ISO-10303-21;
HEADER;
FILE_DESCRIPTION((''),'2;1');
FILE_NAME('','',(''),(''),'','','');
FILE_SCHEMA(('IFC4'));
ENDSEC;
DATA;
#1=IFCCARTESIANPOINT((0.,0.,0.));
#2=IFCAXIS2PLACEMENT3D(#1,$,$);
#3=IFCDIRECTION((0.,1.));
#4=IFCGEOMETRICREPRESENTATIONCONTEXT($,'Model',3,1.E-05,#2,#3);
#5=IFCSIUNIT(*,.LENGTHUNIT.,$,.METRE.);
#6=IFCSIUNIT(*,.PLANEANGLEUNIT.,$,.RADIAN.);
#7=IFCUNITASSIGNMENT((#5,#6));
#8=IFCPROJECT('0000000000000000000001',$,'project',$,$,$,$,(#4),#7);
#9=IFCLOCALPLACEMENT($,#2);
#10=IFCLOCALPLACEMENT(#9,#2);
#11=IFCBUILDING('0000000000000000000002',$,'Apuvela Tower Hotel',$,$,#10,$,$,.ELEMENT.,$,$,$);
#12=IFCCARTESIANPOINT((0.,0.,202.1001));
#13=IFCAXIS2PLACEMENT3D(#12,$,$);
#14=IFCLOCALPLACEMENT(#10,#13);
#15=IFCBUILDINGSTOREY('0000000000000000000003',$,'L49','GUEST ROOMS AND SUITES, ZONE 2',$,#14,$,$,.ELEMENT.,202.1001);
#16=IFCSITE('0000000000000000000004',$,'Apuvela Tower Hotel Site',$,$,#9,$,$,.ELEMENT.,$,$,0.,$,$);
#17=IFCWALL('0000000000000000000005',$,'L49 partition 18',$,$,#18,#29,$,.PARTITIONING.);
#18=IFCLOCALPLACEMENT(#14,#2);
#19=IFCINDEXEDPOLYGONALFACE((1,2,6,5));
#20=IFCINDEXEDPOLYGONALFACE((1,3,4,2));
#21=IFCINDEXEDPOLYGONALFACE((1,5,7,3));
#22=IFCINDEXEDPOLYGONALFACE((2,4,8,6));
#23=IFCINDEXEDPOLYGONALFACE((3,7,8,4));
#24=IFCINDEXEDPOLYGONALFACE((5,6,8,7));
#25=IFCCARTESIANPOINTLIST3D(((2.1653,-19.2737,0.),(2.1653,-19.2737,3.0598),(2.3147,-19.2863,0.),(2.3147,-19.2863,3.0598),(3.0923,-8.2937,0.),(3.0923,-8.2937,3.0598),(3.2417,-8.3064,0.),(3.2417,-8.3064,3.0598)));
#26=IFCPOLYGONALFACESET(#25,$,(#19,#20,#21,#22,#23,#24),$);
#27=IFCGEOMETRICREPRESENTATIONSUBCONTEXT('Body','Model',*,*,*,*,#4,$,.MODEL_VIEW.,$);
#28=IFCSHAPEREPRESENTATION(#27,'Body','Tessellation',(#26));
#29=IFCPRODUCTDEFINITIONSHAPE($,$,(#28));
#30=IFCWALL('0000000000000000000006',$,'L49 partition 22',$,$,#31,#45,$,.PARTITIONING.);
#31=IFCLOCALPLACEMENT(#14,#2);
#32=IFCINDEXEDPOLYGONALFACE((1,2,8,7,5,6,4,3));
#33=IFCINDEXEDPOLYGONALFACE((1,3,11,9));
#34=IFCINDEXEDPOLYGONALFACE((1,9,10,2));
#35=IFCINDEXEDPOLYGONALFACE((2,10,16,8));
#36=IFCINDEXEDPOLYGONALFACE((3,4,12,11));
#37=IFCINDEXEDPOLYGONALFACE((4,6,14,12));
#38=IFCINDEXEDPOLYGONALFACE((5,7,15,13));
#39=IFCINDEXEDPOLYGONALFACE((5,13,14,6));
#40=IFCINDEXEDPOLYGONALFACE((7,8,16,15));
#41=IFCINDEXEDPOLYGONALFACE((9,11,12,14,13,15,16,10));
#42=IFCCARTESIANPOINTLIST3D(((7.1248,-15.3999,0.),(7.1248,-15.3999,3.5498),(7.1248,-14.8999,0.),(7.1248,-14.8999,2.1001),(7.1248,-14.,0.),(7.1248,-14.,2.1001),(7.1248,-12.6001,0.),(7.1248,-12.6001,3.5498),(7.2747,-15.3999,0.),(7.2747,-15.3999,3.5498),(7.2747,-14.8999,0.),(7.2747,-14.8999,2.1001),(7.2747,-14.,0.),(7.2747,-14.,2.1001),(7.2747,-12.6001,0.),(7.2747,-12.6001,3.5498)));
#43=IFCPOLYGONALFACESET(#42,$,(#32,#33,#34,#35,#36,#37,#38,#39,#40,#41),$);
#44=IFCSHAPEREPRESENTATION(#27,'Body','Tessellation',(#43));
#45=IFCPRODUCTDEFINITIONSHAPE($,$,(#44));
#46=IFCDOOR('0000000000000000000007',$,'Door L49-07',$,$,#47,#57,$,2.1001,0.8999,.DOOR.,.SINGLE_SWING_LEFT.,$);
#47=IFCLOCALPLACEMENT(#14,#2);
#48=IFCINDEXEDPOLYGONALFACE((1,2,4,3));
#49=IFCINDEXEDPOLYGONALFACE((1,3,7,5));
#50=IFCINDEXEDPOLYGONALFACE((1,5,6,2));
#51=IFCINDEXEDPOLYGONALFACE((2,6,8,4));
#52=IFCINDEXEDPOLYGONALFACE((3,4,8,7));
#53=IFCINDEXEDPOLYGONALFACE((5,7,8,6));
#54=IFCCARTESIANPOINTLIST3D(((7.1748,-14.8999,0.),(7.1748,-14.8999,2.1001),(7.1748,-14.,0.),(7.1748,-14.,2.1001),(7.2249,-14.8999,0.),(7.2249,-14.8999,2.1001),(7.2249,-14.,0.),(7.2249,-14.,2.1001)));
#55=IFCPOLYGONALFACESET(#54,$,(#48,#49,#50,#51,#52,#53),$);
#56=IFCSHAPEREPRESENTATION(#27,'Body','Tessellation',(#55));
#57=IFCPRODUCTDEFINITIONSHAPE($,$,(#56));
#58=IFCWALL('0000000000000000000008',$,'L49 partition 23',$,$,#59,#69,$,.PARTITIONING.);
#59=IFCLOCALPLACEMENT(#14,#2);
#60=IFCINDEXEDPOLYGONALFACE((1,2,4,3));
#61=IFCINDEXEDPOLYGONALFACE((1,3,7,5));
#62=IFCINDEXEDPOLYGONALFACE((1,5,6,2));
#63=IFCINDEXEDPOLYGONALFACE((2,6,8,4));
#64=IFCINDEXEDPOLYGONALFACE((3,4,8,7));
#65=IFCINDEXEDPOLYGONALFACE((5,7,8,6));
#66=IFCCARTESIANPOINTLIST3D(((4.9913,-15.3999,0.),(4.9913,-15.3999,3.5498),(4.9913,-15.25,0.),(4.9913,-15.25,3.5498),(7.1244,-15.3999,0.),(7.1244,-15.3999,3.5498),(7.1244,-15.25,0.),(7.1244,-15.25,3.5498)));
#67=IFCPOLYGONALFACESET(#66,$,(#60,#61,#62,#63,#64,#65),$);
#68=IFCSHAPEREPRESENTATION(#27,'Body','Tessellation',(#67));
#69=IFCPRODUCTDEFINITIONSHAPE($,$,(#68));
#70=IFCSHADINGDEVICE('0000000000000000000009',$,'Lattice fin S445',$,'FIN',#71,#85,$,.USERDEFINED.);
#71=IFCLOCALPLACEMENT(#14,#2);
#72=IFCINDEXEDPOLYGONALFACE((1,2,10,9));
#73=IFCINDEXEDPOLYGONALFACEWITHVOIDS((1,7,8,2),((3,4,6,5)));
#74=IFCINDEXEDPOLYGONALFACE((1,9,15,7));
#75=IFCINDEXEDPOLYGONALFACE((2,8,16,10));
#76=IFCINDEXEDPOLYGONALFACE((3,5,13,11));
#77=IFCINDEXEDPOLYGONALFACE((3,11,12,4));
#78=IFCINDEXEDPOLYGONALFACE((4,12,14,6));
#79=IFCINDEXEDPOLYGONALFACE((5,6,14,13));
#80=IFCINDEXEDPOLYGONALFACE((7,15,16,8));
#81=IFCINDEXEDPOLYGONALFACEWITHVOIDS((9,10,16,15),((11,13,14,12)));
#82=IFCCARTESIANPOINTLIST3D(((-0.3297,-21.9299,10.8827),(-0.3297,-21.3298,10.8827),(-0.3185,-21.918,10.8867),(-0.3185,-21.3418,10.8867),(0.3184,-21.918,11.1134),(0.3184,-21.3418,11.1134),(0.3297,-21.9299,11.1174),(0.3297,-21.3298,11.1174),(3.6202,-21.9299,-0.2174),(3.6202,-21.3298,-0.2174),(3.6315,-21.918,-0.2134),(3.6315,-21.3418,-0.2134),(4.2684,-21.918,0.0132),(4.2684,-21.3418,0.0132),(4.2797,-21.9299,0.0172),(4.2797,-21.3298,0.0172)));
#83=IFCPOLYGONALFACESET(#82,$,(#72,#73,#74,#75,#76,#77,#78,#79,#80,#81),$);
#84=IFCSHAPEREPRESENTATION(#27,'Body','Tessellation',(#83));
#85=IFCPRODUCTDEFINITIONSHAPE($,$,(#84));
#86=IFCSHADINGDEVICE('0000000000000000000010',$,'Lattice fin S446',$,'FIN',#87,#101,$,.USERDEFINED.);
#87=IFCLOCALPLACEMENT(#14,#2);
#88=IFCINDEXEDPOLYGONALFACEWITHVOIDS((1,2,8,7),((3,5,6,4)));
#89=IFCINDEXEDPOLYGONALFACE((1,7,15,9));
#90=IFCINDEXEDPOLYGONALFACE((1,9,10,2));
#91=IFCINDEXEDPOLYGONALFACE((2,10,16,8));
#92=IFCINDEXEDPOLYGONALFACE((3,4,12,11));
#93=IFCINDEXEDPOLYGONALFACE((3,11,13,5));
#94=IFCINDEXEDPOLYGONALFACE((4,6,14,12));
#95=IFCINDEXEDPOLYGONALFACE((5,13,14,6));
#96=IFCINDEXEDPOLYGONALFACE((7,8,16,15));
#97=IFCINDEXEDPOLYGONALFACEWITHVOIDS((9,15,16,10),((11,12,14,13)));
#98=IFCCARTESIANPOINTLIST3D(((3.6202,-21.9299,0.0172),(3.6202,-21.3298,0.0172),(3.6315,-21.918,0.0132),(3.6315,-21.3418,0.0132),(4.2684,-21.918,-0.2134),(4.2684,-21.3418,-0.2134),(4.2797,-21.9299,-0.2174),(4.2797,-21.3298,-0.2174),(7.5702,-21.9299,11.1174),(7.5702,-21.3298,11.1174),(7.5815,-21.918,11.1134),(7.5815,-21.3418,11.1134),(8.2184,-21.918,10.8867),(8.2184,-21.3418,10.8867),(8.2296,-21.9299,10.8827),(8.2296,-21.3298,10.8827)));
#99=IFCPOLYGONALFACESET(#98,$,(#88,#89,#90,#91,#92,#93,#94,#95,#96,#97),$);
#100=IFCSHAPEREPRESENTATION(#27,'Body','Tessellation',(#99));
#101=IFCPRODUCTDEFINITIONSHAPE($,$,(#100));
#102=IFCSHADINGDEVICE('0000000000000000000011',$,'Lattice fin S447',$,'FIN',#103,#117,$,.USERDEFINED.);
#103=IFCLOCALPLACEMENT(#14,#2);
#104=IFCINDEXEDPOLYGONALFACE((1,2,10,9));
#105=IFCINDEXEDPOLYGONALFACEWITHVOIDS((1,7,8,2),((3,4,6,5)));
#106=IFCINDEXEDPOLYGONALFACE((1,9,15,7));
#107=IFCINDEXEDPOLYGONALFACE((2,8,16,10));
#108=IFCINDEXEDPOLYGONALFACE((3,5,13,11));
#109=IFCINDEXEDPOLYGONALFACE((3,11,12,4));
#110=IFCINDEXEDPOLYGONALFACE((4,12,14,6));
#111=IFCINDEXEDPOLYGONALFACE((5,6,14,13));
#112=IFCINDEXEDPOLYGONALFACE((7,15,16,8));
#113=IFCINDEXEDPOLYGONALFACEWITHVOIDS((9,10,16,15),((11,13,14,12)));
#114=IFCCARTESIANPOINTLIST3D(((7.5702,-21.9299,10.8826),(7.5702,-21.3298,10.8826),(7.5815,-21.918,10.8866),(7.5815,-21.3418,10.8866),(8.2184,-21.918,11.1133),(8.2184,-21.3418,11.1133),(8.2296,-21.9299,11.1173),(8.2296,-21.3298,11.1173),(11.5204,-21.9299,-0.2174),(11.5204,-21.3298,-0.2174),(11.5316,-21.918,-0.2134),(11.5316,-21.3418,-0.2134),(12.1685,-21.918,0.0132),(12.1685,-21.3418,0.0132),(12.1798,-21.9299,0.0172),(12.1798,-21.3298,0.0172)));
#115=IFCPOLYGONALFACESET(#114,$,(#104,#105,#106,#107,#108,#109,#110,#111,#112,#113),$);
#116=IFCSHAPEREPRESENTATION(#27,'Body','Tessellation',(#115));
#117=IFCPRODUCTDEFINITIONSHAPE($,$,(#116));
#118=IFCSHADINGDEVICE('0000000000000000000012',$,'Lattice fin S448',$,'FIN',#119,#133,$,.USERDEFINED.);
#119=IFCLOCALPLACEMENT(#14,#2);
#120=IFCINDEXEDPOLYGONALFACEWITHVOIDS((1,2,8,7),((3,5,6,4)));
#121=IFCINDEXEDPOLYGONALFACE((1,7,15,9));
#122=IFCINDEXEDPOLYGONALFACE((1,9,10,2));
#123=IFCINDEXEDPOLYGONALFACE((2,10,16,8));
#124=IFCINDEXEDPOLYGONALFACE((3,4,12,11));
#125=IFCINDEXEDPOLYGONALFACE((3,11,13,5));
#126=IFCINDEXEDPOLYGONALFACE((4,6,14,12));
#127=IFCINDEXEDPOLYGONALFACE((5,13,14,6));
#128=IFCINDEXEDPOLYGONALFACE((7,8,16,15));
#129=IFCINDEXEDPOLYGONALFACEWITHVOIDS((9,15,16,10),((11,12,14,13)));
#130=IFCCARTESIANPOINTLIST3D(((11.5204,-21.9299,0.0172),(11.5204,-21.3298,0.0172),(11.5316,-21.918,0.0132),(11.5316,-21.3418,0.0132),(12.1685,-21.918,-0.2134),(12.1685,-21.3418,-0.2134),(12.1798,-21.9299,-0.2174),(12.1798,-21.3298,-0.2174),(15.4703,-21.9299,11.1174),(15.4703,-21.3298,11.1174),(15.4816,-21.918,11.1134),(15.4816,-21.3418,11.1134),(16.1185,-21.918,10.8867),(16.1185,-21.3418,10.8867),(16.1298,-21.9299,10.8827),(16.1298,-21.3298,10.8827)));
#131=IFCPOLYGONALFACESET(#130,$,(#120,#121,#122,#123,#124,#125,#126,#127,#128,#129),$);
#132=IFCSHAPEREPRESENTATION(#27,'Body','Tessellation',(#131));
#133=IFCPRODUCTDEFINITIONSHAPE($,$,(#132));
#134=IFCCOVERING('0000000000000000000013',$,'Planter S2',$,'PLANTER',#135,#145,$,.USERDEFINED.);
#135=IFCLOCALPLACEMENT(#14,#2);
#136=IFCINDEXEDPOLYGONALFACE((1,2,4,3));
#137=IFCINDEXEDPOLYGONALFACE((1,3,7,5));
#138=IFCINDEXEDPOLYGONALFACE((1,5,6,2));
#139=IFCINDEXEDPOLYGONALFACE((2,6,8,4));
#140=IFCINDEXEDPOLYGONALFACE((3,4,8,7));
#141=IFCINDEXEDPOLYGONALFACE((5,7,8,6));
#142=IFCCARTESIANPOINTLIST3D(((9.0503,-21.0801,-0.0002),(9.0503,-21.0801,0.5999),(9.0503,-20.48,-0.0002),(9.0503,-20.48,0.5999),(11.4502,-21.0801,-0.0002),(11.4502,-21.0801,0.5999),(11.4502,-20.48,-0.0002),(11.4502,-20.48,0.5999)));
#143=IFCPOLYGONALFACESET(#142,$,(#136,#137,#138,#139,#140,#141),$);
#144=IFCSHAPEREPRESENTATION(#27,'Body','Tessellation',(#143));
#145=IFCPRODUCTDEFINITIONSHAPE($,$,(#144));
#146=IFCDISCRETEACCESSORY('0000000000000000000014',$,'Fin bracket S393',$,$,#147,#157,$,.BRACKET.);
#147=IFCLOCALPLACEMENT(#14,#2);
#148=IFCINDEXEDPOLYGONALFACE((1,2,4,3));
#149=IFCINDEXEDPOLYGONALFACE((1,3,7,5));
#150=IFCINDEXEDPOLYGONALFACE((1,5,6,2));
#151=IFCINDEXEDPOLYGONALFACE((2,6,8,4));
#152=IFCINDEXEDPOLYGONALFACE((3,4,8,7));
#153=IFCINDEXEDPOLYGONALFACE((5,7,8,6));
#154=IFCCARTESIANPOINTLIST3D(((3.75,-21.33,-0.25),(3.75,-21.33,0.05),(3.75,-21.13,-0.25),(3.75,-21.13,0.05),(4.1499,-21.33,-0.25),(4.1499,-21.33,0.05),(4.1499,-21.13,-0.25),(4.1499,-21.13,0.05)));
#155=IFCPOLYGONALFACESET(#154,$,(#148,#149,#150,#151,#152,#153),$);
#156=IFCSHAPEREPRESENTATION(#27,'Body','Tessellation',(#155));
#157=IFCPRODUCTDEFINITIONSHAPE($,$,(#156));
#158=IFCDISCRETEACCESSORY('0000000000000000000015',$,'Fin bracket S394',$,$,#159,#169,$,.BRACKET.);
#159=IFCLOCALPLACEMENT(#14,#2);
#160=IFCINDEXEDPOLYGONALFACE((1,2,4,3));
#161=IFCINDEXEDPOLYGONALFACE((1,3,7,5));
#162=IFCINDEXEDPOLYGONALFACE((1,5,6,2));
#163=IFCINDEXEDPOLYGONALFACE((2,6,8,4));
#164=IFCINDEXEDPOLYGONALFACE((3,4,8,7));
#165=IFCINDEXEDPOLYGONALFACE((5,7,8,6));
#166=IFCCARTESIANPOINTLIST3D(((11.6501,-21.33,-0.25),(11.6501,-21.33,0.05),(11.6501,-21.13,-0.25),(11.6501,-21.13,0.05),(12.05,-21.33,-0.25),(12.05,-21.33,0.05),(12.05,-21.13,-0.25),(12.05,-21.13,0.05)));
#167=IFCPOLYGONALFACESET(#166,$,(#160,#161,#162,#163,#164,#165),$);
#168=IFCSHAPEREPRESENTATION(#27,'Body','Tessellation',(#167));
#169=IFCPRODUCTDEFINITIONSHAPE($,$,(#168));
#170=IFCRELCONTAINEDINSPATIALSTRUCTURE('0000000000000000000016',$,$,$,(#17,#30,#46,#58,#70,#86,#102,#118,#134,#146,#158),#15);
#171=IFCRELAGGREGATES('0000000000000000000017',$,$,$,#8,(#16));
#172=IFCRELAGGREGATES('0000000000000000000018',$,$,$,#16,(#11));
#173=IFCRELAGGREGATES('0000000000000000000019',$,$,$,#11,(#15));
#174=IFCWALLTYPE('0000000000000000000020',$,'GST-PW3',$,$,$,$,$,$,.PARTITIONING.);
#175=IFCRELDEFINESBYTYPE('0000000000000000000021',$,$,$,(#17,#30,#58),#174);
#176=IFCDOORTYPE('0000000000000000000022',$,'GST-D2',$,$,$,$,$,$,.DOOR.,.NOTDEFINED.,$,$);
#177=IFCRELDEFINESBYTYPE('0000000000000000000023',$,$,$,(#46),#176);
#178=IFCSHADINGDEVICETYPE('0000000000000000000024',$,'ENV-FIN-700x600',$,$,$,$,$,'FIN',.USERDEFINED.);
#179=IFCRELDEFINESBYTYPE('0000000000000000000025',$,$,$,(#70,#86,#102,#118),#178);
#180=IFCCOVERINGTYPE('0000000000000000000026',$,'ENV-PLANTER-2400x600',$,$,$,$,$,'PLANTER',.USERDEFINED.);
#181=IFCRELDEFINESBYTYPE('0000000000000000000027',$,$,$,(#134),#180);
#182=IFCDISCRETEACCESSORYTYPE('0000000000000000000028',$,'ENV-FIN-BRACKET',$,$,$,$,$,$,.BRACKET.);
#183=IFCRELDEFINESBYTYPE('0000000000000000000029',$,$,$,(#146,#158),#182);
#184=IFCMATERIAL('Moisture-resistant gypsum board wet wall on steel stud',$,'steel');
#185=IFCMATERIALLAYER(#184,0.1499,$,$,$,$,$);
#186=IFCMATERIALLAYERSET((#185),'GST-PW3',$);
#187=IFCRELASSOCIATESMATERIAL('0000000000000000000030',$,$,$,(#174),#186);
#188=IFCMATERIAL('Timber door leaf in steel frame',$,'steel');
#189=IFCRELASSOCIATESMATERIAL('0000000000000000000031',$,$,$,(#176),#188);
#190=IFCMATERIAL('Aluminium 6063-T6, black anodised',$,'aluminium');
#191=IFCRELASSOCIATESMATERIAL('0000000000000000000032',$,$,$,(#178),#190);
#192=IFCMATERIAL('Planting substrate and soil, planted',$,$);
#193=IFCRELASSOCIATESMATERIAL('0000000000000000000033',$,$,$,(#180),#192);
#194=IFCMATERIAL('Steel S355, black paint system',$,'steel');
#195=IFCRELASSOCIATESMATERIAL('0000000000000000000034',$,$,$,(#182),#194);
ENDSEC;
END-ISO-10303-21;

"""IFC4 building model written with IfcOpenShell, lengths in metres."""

from ifc_helpers import new_model, si_unit, direction, frame, frame_2d, origin, origin_2d, place, context, subcontext, project, spatial, rectangle, hollow_rectangle, extrude, material, layer, layer_set, material_profile, profile_set, type_object, element, fill, save


model = new_model("IFC4")

# Units and contexts
model_context = context("Model", 3, precision=1e-05, world=origin(), true_north=direction((0.0, 1.0)))
body_context = subcontext(model_context, "Body", "Model", "MODEL_VIEW")
ifc_project = project(units=[si_unit("LENGTHUNIT", "METRE"), si_unit("PLANEANGLEUNIT", "RADIAN")], contexts=[model_context])

# Site, building, storey
site_placement = place(None, origin())
site = spatial("IfcSite", under=ifc_project, at=site_placement, Name="Apuvela Tower Hotel Site", CompositionType="ELEMENT", RefElevation=0.0)
building_placement = place(site_placement, origin())
building = spatial("IfcBuilding", under=site, at=building_placement, Name="Apuvela Tower Hotel", CompositionType="ELEMENT")
storey_placement = place(building_placement, frame((0.0, 0.0, 202.1001)))
storey = spatial("IfcBuildingStorey", under=building, at=storey_placement, Name="L49", Description="GUEST ROOMS AND SUITES, ZONE 2", CompositionType="ELEMENT", Elevation=202.1001)

# Wall
ifc_material_1 = material(Name="Moisture-resistant gypsum board wet wall on steel stud", Category="steel")
ifc_layer_1 = layer(ifc_material_1, 0.1499)
ifc_layer_set_1 = layer_set([ifc_layer_1], Name="GST-PW3")
wall_type_1 = type_object("IfcWallType", Name="GST-PW3", PredefinedType="PARTITIONING", material=ifc_layer_set_1)
wall_1_placement = place(storey_placement, frame((2.24, -19.28, 0.0), z_axis=(0.0, 0.0, 1.0), x_axis=(0.084127, 0.996455, 0.0)))
element("IfcWall", 1, at=wall_1_placement, inside=storey, type_object=wall_type_1, Name="L49 partition 18", PredefinedType="PARTITIONING", context=body_context, shape_type="SweptSolid", body=[
    extrude(rectangle(XDim=11.019, YDim=0.1499, at=frame_2d((5.5095, 0.0))), origin(), (0.0, 0.0, 1.0), 3.0598),
])

# Wall, opening, door
wall_2_placement = place(storey_placement, frame((7.1997, -15.3999, 0.0), z_axis=(0.0, 0.0, 1.0), x_axis=(0.0, 1.0, 0.0)))
wall_2 = element("IfcWall", 2, at=wall_2_placement, inside=storey, type_object=wall_type_1, Name="L49 partition 22", PredefinedType="PARTITIONING", context=body_context, shape_type="SweptSolid", body=[
    extrude(rectangle(XDim=2.7998, YDim=0.1499, at=frame_2d((1.3999, 0.0))), origin(), (0.0, 0.0, 1.0), 3.5498),
])
opening_1_placement = place(wall_2_placement, frame((0.5, 0.0, 0.0)))
opening_1 = element("IfcOpeningElement", 3, at=opening_1_placement, cuts=wall_2, PredefinedType="OPENING", context=body_context, shape_type="SweptSolid", body=[
    extrude(rectangle(XDim=0.8999, YDim=2.1001, at=frame_2d((0.45, 1.05))), frame((0.0, 0.085, 0.0), z_axis=(0.0, -1.0, 0.0), x_axis=(1.0, 0.0, 0.0)), (0.0, 0.0, 1.0), 0.1699),
])
ifc_material_2 = material(Name="Timber door leaf in steel frame", Category="steel")
door_type_1 = type_object("IfcDoorType", Name="GST-D2", OperationType="NOTDEFINED", PredefinedType="DOOR", material=ifc_material_2)
door_1_placement = place(opening_1_placement, origin())
door_1 = element("IfcDoor", 4, at=door_1_placement, inside=storey, type_object=door_type_1, Name="Door L49-07", OperationType="SINGLE_SWING_LEFT", OverallHeight=2.1001, OverallWidth=0.8999, PredefinedType="DOOR", context=body_context, shape_type="SweptSolid", body=[
    extrude(rectangle(XDim=0.8999, YDim=2.1001, at=frame_2d((0.45, 1.05))), frame((0.0, 0.0249, 0.0), z_axis=(0.0, -1.0, 0.0), x_axis=(1.0, 0.0, 0.0)), (0.0, 0.0, 1.0), 0.05),
])
fill(opening_1, door_1)

# Wall
wall_3_placement = place(storey_placement, frame((4.9915, -15.325, 0.0), z_axis=(0.0, 0.0, 1.0), x_axis=(1.0, 0.0, 0.0)))
element("IfcWall", 5, at=wall_3_placement, inside=storey, type_object=wall_type_1, Name="L49 partition 23", PredefinedType="PARTITIONING", context=body_context, shape_type="SweptSolid", body=[
    extrude(rectangle(XDim=2.1331, YDim=0.1499, at=frame_2d((1.0664, 0.0))), origin(), (0.0, 0.0, 1.0), 3.5498),
])

# Shading devices
ifc_material_3 = material(Name="Aluminium 6063-T6, black anodised", Category="aluminium")
ifc_material_profile_1 = material_profile(ifc_material_3, hollow_rectangle(XDim=0.6001, YDim=0.7, WallThickness=0.012, at=origin_2d()), Name="AL BOX 700x600x12")
ifc_profile_set_1 = profile_set([ifc_material_profile_1], Name="Aluminium 6063-T6, black anodised")
shading_device_type = type_object("IfcShadingDeviceType", Name="ENV-FIN-700x600", ElementType="FIN", PredefinedType="USERDEFINED", material=ifc_profile_set_1)
for number, where, z_axis, x_axis, name in (
    (6, (3.95, -21.6299, -0.1001), (-0.335255, 0.0, 0.942128), (0.0, -1.0, 0.0), "Lattice fin S445"),
    (7, (3.95, -21.6299, -0.1001), (0.335255, 0.0, 0.942128), (0.0, 1.0, 0.0), "Lattice fin S446"),
    (8, (11.8501, -21.6299, -0.1001), (-0.335273, 0.0, 0.942121), (0.0, -1.0, 0.0), "Lattice fin S447"),
    (9, (11.8501, -21.6299, -0.1001), (0.335255, 0.0, 0.942128), (0.0, 1.0, 0.0), "Lattice fin S448"),
):
    element("IfcShadingDevice", number, at=place(storey_placement, frame(where, z_axis=z_axis, x_axis=x_axis)), inside=storey, type_object=shading_device_type, Name=name, ObjectType="FIN", PredefinedType="USERDEFINED", context=body_context, shape_type="SweptSolid", body=[
        extrude(hollow_rectangle(XDim=0.6001, YDim=0.7, WallThickness=0.012, at=origin_2d()), origin(), (0.0, 0.0, 1.0), 11.782),
    ])

# Covering
ifc_material_4 = material(Name="Planting substrate and soil, planted")
covering_type = type_object("IfcCoveringType", Name="ENV-PLANTER-2400x600", ElementType="PLANTER", PredefinedType="USERDEFINED", material=ifc_material_4)
covering_placement = place(storey_placement, frame((10.2502, -20.78, -0.0002), z_axis=(0.0, 0.0, 1.0), x_axis=(1.0, 0.0, 0.0)))
element("IfcCovering", 10, at=covering_placement, inside=storey, type_object=covering_type, Name="Planter S2", ObjectType="PLANTER", PredefinedType="USERDEFINED", context=body_context, shape_type="SweptSolid", body=[
    extrude(rectangle(XDim=2.3999, YDim=0.6001, at=origin_2d()), origin(), (0.0, 0.0, 1.0), 0.6001),
])

# Discrete accessories
ifc_material_5 = material(Name="Steel S355, black paint system", Category="steel")
discrete_accessory_type = type_object("IfcDiscreteAccessoryType", Name="ENV-FIN-BRACKET", PredefinedType="BRACKET", material=ifc_material_5)
for number, where, z_axis, x_axis, name in (
    (11, (3.95, -21.23, -0.25), (0.0, 0.0, 1.0), (1.0, 0.0, 0.0), "Fin bracket S393"),
    (12, (11.8501, -21.23, -0.25), (0.0, 0.0, 1.0), (1.0, 0.0, 0.0), "Fin bracket S394"),
):
    element("IfcDiscreteAccessory", number, at=place(storey_placement, frame(where, z_axis=z_axis, x_axis=x_axis)), inside=storey, type_object=discrete_accessory_type, Name=name, PredefinedType="BRACKET", context=body_context, shape_type="SweptSolid", body=[
        extrude(rectangle(XDim=0.3999, YDim=0.2, at=origin_2d()), origin(), (0.0, 0.0, 1.0), 0.3),
    ])

save(model, "model.ifc")
